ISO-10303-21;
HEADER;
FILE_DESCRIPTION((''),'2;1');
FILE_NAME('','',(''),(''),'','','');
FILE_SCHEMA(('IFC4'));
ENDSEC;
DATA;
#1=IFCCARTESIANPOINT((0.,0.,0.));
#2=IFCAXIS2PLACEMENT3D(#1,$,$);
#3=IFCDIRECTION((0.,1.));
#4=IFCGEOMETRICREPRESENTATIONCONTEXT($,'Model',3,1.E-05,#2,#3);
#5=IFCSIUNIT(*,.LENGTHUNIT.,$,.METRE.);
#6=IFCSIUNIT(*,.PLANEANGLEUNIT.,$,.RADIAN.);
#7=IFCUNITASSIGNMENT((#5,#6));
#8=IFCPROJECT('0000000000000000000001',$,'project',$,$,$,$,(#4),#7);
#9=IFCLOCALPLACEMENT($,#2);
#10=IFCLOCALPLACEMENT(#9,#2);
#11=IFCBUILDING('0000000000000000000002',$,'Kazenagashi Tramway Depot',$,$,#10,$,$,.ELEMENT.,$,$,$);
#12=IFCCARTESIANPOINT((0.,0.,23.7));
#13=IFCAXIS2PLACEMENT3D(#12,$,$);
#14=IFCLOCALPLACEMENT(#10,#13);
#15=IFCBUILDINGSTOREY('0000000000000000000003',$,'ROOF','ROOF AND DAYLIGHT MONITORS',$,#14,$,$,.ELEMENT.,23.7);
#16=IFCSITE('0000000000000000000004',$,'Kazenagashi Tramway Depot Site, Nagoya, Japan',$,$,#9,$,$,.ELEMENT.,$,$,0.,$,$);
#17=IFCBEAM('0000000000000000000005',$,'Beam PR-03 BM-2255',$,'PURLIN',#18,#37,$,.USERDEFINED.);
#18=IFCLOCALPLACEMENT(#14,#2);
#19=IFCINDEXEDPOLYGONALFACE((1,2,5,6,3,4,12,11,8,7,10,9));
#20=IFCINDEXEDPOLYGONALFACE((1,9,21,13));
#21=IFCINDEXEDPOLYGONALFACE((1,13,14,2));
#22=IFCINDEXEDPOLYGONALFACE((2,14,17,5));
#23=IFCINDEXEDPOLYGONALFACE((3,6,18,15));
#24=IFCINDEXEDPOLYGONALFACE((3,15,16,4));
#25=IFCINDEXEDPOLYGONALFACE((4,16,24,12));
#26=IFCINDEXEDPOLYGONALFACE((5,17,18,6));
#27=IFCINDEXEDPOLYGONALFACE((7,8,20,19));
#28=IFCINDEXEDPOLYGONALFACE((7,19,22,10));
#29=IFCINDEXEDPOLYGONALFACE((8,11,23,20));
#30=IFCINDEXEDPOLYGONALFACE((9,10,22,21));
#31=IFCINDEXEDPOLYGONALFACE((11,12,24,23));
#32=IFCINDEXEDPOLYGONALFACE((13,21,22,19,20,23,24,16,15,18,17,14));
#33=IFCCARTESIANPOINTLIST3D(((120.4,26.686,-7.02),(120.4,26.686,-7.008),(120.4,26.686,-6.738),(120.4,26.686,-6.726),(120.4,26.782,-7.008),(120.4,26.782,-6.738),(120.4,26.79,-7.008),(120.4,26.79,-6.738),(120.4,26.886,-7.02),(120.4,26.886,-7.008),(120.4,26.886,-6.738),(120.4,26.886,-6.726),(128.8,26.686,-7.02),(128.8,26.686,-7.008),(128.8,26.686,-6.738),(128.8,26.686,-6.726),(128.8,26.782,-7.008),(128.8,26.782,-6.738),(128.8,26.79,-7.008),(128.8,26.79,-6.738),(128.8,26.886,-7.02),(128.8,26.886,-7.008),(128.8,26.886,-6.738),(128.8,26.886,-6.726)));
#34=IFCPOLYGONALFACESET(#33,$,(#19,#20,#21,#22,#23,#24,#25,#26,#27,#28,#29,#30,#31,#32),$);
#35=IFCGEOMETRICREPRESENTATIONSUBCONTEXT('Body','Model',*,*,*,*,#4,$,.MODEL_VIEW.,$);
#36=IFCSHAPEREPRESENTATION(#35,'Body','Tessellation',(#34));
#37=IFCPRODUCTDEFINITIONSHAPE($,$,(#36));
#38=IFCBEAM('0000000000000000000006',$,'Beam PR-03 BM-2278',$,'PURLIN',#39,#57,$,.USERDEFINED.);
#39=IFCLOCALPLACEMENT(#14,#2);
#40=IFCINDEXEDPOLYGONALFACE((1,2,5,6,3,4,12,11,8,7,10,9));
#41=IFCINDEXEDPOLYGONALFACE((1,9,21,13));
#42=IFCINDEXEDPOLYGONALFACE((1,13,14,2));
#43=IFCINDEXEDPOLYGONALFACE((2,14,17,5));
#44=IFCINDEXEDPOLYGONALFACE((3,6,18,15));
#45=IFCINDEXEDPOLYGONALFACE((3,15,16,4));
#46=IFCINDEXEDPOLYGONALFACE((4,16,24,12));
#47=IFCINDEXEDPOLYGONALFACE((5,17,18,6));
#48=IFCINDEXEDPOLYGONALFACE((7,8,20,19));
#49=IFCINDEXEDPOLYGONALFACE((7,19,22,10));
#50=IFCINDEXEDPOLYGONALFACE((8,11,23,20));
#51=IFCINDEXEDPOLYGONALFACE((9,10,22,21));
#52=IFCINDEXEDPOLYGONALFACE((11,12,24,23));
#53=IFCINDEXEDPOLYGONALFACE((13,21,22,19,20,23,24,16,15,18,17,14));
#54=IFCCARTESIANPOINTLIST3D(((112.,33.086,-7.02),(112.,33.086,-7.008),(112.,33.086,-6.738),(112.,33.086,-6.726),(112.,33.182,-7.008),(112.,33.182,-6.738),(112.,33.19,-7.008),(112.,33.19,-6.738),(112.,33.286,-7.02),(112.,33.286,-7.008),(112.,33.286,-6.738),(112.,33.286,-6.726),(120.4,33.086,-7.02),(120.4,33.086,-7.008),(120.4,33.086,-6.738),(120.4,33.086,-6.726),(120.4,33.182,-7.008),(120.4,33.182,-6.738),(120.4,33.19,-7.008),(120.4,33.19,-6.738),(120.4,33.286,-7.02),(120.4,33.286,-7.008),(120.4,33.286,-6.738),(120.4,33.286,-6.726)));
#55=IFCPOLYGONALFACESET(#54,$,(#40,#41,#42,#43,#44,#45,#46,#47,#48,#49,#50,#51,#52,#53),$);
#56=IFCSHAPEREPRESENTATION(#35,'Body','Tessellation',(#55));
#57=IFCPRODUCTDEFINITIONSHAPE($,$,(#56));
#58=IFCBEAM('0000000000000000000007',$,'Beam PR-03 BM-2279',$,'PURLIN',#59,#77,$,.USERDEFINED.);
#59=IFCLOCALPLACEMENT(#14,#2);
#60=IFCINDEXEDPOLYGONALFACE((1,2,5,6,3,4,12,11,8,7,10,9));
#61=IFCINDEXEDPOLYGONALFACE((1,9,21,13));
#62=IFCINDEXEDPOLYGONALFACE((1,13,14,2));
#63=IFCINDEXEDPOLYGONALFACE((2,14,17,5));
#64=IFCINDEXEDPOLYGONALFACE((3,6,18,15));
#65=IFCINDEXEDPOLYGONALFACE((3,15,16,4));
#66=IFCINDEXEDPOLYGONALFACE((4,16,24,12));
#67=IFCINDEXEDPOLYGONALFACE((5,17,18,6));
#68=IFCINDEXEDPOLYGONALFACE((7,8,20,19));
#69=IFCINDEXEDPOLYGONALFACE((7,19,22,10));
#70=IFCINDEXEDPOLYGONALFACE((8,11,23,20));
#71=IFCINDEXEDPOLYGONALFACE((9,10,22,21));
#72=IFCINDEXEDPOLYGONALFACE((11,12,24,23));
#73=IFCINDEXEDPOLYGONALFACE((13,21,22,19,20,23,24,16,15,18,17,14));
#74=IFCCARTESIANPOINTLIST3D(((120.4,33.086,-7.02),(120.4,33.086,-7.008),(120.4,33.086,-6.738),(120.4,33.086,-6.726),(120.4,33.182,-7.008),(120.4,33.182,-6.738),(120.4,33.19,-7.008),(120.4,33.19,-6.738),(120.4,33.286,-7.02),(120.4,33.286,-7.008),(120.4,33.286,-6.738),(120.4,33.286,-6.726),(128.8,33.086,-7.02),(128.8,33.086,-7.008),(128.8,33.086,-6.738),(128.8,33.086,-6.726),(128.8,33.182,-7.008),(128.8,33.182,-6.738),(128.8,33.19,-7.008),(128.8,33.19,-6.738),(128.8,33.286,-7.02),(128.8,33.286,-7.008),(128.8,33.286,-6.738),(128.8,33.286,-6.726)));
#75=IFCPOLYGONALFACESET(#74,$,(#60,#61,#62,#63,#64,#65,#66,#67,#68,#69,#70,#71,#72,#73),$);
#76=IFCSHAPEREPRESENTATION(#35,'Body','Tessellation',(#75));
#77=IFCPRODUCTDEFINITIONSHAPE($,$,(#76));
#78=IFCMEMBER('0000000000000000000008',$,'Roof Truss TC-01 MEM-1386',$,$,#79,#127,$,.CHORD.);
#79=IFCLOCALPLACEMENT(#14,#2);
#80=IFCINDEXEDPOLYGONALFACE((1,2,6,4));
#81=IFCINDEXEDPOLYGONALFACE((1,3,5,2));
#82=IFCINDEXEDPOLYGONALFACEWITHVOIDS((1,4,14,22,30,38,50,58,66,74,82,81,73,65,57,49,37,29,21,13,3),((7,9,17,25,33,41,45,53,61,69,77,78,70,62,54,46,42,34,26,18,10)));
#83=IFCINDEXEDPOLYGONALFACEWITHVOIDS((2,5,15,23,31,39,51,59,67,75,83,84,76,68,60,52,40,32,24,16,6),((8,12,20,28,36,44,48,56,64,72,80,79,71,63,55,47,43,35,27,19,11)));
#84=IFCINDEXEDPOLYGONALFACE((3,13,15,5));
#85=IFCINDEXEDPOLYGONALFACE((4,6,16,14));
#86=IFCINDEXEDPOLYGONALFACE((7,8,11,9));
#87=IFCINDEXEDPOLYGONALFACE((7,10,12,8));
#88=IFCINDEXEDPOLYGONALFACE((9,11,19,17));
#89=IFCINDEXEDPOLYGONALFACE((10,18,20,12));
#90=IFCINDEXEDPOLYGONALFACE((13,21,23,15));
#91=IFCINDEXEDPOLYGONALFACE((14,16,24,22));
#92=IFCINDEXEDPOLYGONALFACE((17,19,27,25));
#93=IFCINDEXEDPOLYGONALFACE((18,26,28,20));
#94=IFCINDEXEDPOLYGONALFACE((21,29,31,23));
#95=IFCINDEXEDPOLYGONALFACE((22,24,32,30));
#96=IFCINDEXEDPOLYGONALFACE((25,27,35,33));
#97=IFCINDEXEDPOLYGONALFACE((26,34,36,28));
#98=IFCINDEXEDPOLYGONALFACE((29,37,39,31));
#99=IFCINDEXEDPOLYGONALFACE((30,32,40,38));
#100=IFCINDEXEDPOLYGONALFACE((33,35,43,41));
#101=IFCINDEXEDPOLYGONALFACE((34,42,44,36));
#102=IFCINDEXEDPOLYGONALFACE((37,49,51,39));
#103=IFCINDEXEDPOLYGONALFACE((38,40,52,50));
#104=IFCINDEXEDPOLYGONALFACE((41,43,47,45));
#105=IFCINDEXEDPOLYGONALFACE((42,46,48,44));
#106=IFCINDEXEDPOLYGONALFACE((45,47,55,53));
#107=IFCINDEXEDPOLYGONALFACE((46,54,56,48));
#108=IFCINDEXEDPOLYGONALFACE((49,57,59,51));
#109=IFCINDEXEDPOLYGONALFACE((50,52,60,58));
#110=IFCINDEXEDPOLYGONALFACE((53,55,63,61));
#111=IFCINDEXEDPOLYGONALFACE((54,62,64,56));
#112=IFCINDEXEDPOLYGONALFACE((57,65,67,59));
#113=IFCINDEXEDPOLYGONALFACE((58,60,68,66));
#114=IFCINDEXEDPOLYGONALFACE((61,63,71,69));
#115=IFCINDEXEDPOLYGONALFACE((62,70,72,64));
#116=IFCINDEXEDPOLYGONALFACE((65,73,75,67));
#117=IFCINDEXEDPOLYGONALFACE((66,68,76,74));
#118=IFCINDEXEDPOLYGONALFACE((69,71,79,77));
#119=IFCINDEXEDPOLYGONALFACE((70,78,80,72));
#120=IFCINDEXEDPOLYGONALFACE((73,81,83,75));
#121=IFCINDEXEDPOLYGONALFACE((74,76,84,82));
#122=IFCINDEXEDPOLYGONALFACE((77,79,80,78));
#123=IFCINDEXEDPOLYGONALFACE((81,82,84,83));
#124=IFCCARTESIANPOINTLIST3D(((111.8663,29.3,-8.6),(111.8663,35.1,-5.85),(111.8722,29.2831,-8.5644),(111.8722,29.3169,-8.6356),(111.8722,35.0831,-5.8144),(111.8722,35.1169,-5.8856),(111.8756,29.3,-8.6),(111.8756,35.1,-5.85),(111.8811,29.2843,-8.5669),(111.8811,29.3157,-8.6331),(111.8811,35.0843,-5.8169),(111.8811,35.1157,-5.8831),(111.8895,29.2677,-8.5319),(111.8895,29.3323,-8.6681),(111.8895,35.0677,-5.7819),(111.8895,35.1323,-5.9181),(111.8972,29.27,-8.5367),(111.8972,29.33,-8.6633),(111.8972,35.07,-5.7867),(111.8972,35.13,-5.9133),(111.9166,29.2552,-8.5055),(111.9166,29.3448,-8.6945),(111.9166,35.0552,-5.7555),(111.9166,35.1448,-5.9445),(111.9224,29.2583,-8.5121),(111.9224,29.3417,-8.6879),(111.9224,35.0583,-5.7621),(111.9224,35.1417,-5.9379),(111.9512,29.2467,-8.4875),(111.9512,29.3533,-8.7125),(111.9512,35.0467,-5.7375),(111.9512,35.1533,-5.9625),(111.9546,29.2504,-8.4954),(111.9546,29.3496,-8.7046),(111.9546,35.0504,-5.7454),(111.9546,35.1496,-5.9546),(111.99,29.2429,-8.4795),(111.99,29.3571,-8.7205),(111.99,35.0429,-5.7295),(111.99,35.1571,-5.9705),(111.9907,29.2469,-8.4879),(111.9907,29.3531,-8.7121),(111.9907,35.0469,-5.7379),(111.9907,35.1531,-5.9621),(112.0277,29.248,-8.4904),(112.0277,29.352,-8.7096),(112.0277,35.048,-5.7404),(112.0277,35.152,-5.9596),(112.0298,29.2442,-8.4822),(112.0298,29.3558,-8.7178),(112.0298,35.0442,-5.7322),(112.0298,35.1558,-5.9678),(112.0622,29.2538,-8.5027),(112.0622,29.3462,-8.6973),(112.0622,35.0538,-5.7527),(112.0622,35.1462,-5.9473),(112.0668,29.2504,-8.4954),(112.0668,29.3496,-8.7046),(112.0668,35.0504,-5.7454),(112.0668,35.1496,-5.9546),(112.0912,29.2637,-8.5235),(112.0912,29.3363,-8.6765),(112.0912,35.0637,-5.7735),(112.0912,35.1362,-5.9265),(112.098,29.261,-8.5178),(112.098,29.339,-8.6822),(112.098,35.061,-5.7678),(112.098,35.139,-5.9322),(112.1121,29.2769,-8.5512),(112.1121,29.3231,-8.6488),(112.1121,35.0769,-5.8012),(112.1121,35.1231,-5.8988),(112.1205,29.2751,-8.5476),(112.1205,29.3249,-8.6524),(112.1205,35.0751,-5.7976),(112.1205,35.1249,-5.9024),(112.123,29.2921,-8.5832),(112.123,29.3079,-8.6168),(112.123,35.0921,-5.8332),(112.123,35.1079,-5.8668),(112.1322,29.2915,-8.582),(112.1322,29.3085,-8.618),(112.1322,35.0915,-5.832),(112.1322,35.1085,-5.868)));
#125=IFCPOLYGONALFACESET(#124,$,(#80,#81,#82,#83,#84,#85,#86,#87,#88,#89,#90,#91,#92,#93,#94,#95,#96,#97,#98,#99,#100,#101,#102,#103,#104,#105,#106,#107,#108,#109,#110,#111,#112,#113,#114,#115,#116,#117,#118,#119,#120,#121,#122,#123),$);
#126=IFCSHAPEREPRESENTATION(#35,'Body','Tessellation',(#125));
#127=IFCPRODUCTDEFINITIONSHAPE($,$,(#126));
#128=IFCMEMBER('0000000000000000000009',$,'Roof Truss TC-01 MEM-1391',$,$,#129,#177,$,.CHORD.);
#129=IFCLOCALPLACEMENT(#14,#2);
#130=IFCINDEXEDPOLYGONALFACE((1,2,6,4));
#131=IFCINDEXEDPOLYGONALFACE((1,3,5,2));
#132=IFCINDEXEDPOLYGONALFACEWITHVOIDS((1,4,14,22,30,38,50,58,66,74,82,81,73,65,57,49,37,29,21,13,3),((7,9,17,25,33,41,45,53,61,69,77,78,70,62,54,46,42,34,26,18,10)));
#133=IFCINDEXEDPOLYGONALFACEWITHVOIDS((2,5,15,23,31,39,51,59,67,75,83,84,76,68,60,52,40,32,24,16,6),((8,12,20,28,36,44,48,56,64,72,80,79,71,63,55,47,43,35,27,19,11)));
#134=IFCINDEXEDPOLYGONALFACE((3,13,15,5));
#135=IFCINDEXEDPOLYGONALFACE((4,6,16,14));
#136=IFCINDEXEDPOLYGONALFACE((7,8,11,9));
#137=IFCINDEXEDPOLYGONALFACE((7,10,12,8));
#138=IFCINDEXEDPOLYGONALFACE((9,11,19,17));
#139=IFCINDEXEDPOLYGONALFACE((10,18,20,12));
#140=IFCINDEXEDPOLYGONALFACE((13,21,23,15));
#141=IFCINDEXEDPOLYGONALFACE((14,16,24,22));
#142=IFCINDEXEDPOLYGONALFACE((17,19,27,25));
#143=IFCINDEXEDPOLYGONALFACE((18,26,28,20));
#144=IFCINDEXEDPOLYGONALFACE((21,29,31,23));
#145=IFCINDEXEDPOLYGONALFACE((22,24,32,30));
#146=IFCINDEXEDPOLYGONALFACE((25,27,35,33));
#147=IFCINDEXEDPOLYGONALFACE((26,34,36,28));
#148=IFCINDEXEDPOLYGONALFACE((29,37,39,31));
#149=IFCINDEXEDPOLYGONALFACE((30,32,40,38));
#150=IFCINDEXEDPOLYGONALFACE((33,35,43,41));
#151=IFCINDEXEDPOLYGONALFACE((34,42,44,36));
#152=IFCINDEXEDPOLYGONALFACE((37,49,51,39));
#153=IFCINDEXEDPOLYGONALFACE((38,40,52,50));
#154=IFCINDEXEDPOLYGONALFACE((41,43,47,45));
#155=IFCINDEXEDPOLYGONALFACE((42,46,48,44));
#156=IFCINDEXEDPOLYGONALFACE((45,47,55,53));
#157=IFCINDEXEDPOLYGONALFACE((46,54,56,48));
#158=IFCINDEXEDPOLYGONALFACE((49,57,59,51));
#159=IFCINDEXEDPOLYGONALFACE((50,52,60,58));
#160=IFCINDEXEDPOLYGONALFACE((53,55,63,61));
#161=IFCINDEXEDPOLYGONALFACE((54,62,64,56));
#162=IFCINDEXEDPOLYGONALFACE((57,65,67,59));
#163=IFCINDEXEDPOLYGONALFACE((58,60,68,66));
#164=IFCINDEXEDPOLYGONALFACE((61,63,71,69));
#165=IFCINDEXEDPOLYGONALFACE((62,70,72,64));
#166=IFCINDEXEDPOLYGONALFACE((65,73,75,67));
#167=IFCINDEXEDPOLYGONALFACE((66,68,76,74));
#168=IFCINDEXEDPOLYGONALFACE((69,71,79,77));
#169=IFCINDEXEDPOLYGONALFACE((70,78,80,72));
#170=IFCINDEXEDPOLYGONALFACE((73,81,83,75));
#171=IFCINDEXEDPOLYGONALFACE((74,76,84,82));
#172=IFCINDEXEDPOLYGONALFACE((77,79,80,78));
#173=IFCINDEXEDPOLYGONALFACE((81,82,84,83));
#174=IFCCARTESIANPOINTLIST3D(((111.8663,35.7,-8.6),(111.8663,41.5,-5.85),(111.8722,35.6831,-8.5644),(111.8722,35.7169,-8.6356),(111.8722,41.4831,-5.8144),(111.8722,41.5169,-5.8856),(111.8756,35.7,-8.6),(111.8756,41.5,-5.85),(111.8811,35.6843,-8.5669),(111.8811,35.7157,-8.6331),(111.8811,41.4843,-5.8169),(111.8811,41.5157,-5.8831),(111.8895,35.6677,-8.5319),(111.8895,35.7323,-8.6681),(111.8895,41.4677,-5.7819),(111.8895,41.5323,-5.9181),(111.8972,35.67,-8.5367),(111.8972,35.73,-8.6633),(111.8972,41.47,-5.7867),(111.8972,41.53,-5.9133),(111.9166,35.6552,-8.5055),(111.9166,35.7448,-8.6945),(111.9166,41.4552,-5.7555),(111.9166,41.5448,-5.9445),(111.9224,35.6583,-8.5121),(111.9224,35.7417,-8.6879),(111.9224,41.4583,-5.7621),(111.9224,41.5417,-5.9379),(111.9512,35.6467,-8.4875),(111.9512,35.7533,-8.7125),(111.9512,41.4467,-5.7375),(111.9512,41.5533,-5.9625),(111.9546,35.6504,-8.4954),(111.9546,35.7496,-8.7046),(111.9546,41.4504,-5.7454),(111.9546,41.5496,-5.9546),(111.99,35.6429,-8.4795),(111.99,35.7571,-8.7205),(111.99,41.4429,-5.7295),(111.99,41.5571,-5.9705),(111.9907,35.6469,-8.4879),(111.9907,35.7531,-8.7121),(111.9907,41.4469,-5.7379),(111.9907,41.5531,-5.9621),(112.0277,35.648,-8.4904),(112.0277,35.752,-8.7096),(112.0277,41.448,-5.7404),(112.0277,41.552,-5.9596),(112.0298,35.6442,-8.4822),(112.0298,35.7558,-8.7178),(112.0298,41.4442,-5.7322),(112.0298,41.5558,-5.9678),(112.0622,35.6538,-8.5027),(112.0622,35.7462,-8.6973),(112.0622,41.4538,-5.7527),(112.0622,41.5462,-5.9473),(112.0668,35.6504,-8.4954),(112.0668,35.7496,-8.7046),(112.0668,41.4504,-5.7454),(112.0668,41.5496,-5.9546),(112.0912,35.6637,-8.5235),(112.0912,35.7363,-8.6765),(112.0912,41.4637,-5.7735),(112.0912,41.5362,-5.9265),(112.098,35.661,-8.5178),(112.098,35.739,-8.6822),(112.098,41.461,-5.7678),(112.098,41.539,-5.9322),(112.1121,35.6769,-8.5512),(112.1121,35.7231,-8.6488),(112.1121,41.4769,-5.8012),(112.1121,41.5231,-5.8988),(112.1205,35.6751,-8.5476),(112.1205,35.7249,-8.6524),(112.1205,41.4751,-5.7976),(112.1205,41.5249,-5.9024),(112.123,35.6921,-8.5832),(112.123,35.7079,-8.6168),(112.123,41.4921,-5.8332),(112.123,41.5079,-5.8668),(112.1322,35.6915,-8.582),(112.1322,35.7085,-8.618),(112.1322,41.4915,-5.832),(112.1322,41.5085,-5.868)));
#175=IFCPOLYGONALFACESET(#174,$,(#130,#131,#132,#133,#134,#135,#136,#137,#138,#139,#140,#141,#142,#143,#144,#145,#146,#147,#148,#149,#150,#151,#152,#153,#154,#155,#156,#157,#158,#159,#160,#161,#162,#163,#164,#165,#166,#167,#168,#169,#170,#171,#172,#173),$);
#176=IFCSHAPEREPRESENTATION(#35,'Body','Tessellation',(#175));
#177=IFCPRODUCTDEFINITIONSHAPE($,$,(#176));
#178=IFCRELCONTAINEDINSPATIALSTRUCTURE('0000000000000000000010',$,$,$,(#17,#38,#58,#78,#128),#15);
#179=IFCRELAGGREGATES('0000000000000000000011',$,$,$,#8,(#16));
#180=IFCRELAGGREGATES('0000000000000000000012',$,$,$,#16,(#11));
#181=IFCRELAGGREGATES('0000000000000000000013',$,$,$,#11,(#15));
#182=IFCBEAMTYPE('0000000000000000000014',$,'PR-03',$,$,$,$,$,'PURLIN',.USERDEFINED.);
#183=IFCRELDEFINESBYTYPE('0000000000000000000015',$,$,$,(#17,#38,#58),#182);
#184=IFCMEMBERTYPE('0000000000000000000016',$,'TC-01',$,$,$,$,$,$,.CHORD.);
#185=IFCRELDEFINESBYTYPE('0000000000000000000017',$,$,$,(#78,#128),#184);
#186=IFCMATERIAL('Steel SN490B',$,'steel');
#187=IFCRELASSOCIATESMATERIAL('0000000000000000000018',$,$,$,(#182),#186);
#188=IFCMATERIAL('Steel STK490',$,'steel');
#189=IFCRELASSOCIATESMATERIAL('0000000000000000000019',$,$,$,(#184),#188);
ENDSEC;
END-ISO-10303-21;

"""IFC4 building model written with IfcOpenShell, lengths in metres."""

from ifc_helpers import new_model, si_unit, direction, frame, origin, origin_2d, place, context, subcontext, project, spatial, hollow_circle, i_section, extrude, material, material_profile, profile_set, type_object, element, save


model = new_model("IFC4")

# Units and contexts
model_context = context("Model", 3, precision=1e-05, world=origin(), true_north=direction((0.0, 1.0)))
body_context = subcontext(model_context, "Body", "Model", "MODEL_VIEW")
ifc_project = project(units=[si_unit("LENGTHUNIT", "METRE"), si_unit("PLANEANGLEUNIT", "RADIAN")], contexts=[model_context])

# Site, building, storey
site_placement = place(None, origin())
site = spatial("IfcSite", under=ifc_project, at=site_placement, Name="Kazenagashi Tramway Depot Site, Nagoya, Japan", CompositionType="ELEMENT", RefElevation=0.0)
building_placement = place(site_placement, origin())
building = spatial("IfcBuilding", under=site, at=building_placement, Name="Kazenagashi Tramway Depot", CompositionType="ELEMENT")
storey_placement = place(building_placement, frame((0.0, 0.0, 23.7)))
storey = spatial("IfcBuildingStorey", under=building, at=storey_placement, Name="ROOF", Description="ROOF AND DAYLIGHT MONITORS", CompositionType="ELEMENT", Elevation=23.7)

# Beams
ifc_material_1 = material(Name="Steel SN490B", Category="steel")
ifc_material_profile_1 = material_profile(ifc_material_1, i_section(OverallWidth=0.2, OverallDepth=0.294, WebThickness=0.008, FlangeThickness=0.012, at=origin_2d()), Name="H-294x200x8x12")
ifc_profile_set_1 = profile_set([ifc_material_profile_1], Name="Steel SN490B")
beam_type_1 = type_object("IfcBeamType", Name="PR-03", ElementType="PURLIN", PredefinedType="USERDEFINED", material=ifc_profile_set_1)
for number, where, z_axis, x_axis, name in (
    (1, (120.4, 26.786, -6.873), (1.0, 0.0, 0.0), (0.0, 1.0, 0.0), "Beam PR-03 BM-2255"),
    (2, (112.0, 33.186, -6.873), (1.0, 0.0, 0.0), (0.0, 1.0, 0.0), "Beam PR-03 BM-2278"),
    (3, (120.4, 33.186, -6.873), (1.0, 0.0, 0.0), (0.0, 1.0, 0.0), "Beam PR-03 BM-2279"),
):
    element("IfcBeam", number, at=place(storey_placement, frame(where, z_axis=z_axis, x_axis=x_axis)), inside=storey, type_object=beam_type_1, Name=name, ObjectType="PURLIN", PredefinedType="USERDEFINED", context=body_context, shape_type="SweptSolid", body=[
        extrude(i_section(OverallWidth=0.2, OverallDepth=0.294, WebThickness=0.008, FlangeThickness=0.012, at=origin_2d()), origin(), (0.0, 0.0, 1.0), 8.4),
    ])

# Members
ifc_material_2 = material(Name="Steel STK490", Category="steel")
ifc_material_profile_2 = material_profile(ifc_material_2, hollow_circle(Radius=0.1337, WallThickness=0.0093, at=origin_2d()), Name="CHS-267.4x9.3")
ifc_profile_set_2 = profile_set([ifc_material_profile_2], Name="Steel STK490")
member_type_1 = type_object("IfcMemberType", Name="TC-01", PredefinedType="CHORD", material=ifc_profile_set_2)
for number, where, z_axis, x_axis, name in (
    (4, (112.0, 29.3, -8.6), (0.0, 0.903579, 0.428421), (-1.0, 0.0, 0.0), "Roof Truss TC-01 MEM-1386"),
    (5, (112.0, 35.7, -8.6), (0.0, 0.903579, 0.428421), (-1.0, 0.0, 0.0), "Roof Truss TC-01 MEM-1391"),
):
    element("IfcMember", number, at=place(storey_placement, frame(where, z_axis=z_axis, x_axis=x_axis)), inside=storey, type_object=member_type_1, Name=name, PredefinedType="CHORD", context=body_context, shape_type="SweptSolid", body=[
        extrude(hollow_circle(Radius=0.1337, WallThickness=0.0093, at=origin_2d()), origin(), (0.0, 0.0, 1.0), 6.4189),
    ])

save(model, "model.ifc")
